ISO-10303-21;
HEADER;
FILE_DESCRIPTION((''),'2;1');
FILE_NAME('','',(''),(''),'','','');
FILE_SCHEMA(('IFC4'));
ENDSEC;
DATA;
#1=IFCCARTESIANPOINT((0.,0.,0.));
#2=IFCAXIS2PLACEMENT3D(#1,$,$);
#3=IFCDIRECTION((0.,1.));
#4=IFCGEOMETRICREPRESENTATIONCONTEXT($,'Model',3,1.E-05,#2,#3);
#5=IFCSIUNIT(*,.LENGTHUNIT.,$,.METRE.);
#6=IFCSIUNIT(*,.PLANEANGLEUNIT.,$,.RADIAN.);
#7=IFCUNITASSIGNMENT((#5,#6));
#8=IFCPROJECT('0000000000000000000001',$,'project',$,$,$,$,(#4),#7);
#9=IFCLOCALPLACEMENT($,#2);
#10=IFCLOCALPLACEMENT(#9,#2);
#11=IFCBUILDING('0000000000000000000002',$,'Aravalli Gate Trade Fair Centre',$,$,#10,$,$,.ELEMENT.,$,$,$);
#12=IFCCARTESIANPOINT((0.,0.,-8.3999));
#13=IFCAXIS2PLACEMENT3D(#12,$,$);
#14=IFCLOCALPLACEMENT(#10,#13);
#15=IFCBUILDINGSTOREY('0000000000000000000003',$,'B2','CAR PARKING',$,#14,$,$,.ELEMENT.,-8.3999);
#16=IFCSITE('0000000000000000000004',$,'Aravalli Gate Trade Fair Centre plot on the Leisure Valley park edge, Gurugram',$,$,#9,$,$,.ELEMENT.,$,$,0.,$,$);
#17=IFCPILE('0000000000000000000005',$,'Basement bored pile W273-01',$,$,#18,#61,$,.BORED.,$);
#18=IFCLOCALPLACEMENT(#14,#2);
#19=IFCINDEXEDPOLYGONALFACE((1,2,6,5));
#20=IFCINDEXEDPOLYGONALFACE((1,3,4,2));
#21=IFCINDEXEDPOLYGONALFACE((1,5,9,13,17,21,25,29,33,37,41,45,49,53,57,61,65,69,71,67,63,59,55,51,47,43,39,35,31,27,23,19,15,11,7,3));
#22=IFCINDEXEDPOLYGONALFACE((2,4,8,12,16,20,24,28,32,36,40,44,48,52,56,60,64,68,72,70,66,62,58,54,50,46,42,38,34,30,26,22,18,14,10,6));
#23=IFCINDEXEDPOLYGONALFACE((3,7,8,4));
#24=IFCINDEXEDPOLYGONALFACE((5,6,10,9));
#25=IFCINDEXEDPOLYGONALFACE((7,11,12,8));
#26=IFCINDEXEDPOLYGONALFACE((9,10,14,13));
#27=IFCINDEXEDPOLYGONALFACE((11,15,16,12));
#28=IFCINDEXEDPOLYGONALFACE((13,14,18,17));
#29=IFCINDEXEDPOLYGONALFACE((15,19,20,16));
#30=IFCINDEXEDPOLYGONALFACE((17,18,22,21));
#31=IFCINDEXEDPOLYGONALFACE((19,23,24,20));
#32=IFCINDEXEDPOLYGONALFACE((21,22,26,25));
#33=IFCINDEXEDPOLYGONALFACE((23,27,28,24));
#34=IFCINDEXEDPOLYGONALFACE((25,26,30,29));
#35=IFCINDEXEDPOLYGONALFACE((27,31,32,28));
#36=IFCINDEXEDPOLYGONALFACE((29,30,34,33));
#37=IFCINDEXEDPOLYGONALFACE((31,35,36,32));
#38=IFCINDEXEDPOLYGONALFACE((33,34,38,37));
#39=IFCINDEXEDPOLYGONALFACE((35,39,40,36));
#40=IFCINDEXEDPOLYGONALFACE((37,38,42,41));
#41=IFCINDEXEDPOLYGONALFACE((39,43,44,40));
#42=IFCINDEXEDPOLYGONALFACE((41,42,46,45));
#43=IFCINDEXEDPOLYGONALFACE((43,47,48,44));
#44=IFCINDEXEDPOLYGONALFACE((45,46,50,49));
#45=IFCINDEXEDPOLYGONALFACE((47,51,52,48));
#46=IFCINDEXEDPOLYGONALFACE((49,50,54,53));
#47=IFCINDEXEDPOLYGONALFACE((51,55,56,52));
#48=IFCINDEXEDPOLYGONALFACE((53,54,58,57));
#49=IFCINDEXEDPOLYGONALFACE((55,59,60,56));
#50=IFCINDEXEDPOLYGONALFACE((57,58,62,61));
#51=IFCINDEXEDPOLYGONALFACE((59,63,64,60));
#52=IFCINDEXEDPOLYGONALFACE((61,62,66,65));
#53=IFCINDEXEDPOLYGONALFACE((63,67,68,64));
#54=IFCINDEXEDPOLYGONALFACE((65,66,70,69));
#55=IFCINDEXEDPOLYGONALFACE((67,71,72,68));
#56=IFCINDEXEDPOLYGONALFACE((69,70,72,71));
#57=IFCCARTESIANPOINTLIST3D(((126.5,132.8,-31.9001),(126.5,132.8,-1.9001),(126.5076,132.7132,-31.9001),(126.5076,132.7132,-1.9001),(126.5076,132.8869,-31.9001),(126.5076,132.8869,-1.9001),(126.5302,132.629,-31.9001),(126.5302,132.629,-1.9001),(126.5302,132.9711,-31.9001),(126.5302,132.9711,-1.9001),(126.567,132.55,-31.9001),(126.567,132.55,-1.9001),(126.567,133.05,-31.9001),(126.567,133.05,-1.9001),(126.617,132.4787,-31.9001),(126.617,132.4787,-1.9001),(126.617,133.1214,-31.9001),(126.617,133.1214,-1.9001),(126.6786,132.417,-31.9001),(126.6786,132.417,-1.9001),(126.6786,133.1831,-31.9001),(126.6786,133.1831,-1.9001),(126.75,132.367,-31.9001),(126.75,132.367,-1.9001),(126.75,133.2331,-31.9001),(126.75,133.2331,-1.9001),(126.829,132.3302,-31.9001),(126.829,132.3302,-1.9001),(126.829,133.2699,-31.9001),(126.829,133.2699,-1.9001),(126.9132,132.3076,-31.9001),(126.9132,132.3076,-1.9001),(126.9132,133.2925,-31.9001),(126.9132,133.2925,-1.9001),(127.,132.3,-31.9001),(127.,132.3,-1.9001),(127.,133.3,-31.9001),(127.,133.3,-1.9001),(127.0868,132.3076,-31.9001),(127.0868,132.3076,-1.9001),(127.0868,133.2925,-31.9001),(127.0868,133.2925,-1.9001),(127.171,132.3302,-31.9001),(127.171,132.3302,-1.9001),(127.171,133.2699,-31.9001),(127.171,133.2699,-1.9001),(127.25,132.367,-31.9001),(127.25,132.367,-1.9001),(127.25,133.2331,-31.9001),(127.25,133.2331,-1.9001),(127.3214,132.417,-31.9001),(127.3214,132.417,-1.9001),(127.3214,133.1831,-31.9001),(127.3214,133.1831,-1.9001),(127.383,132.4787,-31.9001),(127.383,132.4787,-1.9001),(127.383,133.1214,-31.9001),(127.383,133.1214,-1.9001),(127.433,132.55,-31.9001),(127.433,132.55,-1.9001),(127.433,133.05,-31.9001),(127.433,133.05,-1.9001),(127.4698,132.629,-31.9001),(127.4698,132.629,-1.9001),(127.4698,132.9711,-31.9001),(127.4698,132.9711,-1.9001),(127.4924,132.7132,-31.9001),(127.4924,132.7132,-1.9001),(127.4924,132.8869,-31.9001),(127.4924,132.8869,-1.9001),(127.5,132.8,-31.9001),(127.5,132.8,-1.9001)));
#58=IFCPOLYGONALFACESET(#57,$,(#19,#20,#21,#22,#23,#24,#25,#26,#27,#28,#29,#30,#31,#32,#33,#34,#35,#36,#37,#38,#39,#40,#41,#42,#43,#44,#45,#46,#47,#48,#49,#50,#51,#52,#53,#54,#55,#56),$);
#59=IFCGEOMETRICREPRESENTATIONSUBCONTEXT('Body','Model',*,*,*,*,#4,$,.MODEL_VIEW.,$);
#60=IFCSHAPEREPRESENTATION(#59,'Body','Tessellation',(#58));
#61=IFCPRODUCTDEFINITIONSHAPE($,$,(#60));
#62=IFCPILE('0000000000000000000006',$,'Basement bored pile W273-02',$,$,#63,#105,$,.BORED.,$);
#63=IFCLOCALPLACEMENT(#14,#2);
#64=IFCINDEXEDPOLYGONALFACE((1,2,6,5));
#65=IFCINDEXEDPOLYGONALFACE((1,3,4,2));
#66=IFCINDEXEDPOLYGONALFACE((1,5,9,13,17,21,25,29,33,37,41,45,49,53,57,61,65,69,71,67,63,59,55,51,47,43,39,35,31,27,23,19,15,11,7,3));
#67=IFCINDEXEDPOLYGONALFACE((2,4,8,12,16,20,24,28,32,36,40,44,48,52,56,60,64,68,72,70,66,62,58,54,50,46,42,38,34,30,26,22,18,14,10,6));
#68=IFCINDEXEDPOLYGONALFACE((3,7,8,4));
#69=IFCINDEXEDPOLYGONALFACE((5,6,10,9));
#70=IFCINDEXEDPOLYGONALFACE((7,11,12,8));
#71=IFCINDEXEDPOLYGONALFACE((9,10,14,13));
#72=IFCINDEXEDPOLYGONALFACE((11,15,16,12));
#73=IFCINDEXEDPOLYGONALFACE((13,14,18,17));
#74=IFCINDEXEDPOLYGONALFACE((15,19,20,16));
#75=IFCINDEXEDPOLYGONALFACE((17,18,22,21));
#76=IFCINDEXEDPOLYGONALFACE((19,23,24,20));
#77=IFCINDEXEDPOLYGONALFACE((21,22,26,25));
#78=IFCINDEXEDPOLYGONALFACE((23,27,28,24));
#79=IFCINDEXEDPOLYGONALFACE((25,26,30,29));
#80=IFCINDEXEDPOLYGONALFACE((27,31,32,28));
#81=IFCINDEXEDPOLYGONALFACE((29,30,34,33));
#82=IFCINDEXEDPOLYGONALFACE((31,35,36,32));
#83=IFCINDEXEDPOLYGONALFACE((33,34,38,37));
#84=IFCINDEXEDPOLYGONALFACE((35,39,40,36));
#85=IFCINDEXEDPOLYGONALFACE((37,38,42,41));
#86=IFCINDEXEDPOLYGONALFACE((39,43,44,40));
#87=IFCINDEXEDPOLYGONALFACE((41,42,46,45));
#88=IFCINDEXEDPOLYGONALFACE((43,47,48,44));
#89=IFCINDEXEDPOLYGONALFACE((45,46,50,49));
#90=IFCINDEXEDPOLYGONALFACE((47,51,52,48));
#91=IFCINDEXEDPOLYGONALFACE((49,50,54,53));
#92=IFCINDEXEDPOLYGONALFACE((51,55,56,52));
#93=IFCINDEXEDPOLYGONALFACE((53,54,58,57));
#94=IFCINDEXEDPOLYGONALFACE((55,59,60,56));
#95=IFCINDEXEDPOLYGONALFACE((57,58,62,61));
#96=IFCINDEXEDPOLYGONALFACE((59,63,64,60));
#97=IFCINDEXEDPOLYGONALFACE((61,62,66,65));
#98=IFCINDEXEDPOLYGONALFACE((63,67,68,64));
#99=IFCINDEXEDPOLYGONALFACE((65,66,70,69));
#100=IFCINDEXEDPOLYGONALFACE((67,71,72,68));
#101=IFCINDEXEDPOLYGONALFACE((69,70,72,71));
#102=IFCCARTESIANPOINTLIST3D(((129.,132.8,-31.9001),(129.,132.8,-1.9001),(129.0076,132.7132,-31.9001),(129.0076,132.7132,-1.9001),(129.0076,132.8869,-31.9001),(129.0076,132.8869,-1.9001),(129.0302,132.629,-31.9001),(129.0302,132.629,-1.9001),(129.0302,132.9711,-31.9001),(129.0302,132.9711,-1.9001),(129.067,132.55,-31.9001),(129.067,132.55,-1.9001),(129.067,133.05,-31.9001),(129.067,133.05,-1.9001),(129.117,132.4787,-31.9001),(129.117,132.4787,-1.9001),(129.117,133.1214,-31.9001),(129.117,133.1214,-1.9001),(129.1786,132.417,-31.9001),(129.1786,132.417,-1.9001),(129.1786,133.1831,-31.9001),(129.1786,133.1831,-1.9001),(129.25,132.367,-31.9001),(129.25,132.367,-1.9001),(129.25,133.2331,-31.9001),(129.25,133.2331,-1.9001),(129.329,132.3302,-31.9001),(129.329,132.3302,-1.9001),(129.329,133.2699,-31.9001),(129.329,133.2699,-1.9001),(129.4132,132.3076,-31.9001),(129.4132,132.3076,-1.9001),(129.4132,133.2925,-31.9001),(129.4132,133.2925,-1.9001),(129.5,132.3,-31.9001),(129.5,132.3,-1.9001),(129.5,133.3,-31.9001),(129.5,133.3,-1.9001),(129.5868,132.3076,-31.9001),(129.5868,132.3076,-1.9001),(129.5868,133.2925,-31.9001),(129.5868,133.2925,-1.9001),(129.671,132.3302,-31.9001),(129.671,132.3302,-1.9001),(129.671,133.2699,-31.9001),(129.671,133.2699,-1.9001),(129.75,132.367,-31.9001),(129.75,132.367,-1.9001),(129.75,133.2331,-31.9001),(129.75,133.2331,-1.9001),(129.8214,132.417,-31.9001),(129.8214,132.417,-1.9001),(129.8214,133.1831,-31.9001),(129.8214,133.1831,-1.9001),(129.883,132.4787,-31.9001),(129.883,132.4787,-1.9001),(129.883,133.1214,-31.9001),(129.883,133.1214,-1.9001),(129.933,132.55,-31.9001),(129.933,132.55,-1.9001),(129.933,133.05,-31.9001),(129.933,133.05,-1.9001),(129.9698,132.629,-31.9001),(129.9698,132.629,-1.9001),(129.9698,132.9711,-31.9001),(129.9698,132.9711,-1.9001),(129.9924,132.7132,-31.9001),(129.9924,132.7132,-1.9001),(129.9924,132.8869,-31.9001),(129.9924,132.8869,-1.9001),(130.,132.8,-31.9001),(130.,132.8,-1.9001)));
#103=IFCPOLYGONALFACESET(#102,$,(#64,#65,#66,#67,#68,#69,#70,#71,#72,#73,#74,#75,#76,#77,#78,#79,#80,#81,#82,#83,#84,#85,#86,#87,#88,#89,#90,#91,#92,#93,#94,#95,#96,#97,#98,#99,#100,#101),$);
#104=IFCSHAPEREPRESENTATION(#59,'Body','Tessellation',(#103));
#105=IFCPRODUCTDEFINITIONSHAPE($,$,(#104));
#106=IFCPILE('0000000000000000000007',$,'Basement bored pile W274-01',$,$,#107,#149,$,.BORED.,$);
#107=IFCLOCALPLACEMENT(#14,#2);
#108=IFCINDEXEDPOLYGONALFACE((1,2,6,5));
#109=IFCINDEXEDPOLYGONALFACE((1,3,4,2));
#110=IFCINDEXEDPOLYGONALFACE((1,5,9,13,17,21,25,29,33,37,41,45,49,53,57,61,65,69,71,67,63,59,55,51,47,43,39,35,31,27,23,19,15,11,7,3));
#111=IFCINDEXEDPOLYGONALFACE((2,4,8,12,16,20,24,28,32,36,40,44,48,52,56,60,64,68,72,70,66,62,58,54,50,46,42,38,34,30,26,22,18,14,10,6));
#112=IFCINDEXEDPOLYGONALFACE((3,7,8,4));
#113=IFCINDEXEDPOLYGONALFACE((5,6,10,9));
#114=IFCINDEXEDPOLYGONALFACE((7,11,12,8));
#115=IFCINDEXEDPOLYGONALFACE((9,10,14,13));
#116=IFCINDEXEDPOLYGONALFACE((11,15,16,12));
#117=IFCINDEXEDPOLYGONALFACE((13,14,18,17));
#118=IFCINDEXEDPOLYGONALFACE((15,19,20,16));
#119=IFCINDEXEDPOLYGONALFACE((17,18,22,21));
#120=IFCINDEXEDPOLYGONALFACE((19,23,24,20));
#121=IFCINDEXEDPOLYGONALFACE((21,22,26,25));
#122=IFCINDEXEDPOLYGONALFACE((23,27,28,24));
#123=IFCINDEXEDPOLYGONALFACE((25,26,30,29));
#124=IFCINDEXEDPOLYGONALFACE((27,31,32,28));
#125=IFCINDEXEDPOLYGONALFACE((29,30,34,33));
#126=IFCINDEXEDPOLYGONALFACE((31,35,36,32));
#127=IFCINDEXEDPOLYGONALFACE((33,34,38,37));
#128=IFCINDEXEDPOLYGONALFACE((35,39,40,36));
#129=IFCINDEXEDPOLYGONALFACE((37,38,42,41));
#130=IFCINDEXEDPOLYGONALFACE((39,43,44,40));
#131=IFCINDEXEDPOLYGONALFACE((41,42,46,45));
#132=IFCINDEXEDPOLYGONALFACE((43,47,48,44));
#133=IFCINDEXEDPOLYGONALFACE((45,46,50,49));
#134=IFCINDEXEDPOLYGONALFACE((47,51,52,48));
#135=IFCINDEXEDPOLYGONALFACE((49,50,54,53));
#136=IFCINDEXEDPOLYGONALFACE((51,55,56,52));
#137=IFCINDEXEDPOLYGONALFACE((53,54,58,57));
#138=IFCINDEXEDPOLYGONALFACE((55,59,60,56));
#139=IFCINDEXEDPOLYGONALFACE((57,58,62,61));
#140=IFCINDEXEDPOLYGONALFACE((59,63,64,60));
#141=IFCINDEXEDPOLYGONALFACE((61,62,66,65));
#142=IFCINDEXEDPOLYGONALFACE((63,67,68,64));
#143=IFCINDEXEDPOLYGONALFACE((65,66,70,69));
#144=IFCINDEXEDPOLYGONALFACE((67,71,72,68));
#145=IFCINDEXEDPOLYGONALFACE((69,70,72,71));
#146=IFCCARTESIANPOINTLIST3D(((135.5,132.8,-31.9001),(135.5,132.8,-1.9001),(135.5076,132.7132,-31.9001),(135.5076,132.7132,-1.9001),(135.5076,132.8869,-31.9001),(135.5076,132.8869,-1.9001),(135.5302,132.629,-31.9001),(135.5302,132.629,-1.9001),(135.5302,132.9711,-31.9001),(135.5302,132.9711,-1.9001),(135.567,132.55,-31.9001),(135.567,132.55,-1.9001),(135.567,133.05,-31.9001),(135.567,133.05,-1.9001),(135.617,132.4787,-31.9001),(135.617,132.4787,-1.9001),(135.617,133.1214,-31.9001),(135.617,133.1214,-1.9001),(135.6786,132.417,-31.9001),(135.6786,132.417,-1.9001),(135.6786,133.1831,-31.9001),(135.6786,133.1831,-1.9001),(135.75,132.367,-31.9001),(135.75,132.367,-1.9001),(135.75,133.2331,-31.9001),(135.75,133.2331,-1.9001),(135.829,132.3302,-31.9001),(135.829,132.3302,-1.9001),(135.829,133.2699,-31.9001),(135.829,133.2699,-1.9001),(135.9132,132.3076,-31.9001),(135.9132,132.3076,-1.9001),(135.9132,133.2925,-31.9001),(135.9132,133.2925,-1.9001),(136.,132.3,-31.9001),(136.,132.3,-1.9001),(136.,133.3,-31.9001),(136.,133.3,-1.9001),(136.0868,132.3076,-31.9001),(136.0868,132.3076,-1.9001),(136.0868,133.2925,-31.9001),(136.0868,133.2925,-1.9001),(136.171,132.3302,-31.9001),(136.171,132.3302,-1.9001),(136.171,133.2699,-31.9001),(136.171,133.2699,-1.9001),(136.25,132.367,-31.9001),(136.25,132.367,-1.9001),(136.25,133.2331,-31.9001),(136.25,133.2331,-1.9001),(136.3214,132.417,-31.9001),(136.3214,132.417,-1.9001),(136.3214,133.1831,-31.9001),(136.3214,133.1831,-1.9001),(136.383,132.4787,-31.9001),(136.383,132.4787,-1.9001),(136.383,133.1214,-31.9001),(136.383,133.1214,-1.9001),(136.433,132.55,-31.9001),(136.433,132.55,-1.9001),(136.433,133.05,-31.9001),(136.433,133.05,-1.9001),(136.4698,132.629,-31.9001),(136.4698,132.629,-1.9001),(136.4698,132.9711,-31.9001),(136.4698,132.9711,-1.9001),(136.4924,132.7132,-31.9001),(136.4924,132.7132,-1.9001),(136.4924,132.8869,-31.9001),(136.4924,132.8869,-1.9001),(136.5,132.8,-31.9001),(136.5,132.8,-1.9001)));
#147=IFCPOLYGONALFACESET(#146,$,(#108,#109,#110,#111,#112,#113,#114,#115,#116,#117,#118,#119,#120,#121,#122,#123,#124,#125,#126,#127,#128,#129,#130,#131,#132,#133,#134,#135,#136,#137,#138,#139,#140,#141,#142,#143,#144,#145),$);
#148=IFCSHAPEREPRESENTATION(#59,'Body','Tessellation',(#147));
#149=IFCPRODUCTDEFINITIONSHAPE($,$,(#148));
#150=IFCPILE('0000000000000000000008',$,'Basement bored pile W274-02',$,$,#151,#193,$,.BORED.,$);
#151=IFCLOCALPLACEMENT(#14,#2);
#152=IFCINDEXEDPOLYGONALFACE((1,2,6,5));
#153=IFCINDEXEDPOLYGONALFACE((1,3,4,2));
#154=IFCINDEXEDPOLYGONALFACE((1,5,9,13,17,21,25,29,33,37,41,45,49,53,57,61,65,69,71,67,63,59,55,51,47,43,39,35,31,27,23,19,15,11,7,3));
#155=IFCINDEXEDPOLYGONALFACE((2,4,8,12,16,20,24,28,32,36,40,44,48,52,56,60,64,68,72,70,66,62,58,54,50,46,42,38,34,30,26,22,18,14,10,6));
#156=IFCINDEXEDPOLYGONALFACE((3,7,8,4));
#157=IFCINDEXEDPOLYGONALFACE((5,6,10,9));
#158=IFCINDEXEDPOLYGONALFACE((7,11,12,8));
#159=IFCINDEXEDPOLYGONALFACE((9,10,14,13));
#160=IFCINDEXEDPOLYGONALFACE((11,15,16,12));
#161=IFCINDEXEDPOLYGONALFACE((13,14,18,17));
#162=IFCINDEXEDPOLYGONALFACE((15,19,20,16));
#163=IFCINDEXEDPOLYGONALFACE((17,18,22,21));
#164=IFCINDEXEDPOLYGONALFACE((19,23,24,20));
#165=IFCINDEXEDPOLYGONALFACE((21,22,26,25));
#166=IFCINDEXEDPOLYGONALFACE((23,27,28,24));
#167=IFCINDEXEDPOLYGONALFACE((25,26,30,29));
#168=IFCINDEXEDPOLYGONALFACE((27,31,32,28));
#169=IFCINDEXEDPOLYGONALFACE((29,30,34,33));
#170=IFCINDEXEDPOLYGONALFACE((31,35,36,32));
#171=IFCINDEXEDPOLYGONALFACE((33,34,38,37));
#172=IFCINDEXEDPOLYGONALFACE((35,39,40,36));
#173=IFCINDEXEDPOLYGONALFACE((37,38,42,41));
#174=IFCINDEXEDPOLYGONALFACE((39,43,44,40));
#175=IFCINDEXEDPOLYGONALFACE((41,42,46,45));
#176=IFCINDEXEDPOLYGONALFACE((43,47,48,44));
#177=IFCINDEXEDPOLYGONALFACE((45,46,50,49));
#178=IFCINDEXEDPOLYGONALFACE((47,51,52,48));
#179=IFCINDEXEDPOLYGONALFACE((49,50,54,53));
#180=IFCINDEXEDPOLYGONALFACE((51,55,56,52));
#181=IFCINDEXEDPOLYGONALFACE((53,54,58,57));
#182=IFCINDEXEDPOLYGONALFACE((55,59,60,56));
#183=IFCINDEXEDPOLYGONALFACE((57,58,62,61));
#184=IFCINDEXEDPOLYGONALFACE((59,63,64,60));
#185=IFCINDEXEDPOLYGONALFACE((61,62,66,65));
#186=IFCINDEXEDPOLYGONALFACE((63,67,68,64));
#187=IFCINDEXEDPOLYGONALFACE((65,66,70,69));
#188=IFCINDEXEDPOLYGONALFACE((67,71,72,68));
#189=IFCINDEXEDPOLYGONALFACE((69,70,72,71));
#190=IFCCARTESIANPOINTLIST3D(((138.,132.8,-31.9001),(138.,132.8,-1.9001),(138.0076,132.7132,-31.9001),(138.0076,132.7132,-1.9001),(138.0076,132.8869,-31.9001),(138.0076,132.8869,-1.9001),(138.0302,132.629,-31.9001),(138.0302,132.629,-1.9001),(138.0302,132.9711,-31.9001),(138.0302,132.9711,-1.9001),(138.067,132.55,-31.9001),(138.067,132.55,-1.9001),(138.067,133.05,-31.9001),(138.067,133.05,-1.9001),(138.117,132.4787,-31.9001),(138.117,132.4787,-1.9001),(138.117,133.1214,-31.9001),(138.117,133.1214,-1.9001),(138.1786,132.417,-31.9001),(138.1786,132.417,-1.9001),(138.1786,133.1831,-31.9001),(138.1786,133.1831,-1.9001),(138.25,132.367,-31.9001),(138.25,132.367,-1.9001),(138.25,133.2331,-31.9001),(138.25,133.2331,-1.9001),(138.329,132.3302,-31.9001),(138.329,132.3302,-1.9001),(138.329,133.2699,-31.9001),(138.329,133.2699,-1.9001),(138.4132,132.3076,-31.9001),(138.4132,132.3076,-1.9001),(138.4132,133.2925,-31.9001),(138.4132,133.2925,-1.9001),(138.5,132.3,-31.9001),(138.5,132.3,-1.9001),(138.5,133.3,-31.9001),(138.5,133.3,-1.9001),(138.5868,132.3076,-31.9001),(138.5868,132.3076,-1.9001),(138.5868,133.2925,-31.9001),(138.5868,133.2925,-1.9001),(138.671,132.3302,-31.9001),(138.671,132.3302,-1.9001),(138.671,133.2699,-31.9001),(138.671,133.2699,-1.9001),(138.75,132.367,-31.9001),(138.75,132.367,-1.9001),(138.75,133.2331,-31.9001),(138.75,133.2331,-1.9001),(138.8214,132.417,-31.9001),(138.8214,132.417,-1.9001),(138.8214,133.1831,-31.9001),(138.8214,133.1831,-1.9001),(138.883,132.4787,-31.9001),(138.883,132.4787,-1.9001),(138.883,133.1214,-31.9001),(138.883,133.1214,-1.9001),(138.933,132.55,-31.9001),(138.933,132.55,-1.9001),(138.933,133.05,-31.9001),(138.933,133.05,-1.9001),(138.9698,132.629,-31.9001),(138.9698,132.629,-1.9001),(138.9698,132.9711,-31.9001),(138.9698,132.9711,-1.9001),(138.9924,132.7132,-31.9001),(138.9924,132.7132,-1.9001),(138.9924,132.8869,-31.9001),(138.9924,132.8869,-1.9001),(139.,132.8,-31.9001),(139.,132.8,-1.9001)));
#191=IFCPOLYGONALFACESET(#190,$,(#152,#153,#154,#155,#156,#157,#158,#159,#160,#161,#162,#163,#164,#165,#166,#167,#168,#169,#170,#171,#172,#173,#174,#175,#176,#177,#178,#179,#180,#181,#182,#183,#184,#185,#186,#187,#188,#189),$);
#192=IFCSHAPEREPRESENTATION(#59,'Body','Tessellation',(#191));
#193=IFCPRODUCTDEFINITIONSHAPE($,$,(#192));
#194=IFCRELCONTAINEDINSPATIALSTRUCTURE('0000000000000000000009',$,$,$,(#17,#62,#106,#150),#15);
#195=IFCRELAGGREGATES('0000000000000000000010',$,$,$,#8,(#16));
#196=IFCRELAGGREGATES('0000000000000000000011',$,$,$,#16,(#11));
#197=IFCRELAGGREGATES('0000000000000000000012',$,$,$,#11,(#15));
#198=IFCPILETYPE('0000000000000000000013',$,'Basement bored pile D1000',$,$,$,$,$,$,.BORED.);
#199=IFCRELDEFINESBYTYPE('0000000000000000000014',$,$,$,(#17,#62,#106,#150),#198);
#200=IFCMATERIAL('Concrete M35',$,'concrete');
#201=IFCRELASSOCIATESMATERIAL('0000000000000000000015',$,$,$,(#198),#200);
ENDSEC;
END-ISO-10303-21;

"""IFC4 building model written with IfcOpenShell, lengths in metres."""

from ifc_helpers import new_model, si_unit, direction, frame, origin, origin_2d, place, context, subcontext, project, spatial, circle, extrude, material, material_profile, profile_set, type_object, element, save


model = new_model("IFC4")

# Units and contexts
model_context = context("Model", 3, precision=1e-05, world=origin(), true_north=direction((0.0, 1.0)))
body_context = subcontext(model_context, "Body", "Model", "MODEL_VIEW")
ifc_project = project(units=[si_unit("LENGTHUNIT", "METRE"), si_unit("PLANEANGLEUNIT", "RADIAN")], contexts=[model_context])

# Site, building, storey
site_placement = place(None, origin())
site = spatial("IfcSite", under=ifc_project, at=site_placement, Name="Aravalli Gate Trade Fair Centre plot on the Leisure Valley park edge, Gurugram", CompositionType="ELEMENT", RefElevation=0.0)
building_placement = place(site_placement, origin())
building = spatial("IfcBuilding", under=site, at=building_placement, Name="Aravalli Gate Trade Fair Centre", CompositionType="ELEMENT")
storey_placement = place(building_placement, frame((0.0, 0.0, -8.3999)))
storey = spatial("IfcBuildingStorey", under=building, at=storey_placement, Name="B2", Description="CAR PARKING", CompositionType="ELEMENT", Elevation=-8.3999)

# Piles
ifc_material_1 = material(Name="Concrete M35", Category="concrete")
ifc_material_profile_1 = material_profile(ifc_material_1, circle(Radius=0.5, at=origin_2d()), Name="D1000")
ifc_profile_set_1 = profile_set([ifc_material_profile_1], Name="Concrete M35")
pile_type = type_object("IfcPileType", Name="Basement bored pile D1000", PredefinedType="BORED", material=ifc_profile_set_1)
for number, where, z_axis, x_axis, name in (
    (1, (127.0, 132.8, -1.9001), (0.0, 0.0, -1.0), (1.0, 0.0, 0.0), "Basement bored pile W273-01"),
    (2, (129.5, 132.8, -1.9001), (0.0, 0.0, -1.0), (1.0, 0.0, 0.0), "Basement bored pile W273-02"),
    (3, (136.0, 132.8, -1.9001), (0.0, 0.0, -1.0), (1.0, 0.0, 0.0), "Basement bored pile W274-01"),
    (4, (138.5, 132.8, -1.9001), (0.0, 0.0, -1.0), (1.0, 0.0, 0.0), "Basement bored pile W274-02"),
):
    element("IfcPile", number, at=place(storey_placement, frame(where, z_axis=z_axis, x_axis=x_axis)), inside=storey, type_object=pile_type, Name=name, PredefinedType="BORED", context=body_context, shape_type="SweptSolid", body=[
        extrude(circle(Radius=0.5, at=origin_2d()), origin(), (0.0, 0.0, 1.0), 30.0),
    ])

save(model, "model.ifc")
